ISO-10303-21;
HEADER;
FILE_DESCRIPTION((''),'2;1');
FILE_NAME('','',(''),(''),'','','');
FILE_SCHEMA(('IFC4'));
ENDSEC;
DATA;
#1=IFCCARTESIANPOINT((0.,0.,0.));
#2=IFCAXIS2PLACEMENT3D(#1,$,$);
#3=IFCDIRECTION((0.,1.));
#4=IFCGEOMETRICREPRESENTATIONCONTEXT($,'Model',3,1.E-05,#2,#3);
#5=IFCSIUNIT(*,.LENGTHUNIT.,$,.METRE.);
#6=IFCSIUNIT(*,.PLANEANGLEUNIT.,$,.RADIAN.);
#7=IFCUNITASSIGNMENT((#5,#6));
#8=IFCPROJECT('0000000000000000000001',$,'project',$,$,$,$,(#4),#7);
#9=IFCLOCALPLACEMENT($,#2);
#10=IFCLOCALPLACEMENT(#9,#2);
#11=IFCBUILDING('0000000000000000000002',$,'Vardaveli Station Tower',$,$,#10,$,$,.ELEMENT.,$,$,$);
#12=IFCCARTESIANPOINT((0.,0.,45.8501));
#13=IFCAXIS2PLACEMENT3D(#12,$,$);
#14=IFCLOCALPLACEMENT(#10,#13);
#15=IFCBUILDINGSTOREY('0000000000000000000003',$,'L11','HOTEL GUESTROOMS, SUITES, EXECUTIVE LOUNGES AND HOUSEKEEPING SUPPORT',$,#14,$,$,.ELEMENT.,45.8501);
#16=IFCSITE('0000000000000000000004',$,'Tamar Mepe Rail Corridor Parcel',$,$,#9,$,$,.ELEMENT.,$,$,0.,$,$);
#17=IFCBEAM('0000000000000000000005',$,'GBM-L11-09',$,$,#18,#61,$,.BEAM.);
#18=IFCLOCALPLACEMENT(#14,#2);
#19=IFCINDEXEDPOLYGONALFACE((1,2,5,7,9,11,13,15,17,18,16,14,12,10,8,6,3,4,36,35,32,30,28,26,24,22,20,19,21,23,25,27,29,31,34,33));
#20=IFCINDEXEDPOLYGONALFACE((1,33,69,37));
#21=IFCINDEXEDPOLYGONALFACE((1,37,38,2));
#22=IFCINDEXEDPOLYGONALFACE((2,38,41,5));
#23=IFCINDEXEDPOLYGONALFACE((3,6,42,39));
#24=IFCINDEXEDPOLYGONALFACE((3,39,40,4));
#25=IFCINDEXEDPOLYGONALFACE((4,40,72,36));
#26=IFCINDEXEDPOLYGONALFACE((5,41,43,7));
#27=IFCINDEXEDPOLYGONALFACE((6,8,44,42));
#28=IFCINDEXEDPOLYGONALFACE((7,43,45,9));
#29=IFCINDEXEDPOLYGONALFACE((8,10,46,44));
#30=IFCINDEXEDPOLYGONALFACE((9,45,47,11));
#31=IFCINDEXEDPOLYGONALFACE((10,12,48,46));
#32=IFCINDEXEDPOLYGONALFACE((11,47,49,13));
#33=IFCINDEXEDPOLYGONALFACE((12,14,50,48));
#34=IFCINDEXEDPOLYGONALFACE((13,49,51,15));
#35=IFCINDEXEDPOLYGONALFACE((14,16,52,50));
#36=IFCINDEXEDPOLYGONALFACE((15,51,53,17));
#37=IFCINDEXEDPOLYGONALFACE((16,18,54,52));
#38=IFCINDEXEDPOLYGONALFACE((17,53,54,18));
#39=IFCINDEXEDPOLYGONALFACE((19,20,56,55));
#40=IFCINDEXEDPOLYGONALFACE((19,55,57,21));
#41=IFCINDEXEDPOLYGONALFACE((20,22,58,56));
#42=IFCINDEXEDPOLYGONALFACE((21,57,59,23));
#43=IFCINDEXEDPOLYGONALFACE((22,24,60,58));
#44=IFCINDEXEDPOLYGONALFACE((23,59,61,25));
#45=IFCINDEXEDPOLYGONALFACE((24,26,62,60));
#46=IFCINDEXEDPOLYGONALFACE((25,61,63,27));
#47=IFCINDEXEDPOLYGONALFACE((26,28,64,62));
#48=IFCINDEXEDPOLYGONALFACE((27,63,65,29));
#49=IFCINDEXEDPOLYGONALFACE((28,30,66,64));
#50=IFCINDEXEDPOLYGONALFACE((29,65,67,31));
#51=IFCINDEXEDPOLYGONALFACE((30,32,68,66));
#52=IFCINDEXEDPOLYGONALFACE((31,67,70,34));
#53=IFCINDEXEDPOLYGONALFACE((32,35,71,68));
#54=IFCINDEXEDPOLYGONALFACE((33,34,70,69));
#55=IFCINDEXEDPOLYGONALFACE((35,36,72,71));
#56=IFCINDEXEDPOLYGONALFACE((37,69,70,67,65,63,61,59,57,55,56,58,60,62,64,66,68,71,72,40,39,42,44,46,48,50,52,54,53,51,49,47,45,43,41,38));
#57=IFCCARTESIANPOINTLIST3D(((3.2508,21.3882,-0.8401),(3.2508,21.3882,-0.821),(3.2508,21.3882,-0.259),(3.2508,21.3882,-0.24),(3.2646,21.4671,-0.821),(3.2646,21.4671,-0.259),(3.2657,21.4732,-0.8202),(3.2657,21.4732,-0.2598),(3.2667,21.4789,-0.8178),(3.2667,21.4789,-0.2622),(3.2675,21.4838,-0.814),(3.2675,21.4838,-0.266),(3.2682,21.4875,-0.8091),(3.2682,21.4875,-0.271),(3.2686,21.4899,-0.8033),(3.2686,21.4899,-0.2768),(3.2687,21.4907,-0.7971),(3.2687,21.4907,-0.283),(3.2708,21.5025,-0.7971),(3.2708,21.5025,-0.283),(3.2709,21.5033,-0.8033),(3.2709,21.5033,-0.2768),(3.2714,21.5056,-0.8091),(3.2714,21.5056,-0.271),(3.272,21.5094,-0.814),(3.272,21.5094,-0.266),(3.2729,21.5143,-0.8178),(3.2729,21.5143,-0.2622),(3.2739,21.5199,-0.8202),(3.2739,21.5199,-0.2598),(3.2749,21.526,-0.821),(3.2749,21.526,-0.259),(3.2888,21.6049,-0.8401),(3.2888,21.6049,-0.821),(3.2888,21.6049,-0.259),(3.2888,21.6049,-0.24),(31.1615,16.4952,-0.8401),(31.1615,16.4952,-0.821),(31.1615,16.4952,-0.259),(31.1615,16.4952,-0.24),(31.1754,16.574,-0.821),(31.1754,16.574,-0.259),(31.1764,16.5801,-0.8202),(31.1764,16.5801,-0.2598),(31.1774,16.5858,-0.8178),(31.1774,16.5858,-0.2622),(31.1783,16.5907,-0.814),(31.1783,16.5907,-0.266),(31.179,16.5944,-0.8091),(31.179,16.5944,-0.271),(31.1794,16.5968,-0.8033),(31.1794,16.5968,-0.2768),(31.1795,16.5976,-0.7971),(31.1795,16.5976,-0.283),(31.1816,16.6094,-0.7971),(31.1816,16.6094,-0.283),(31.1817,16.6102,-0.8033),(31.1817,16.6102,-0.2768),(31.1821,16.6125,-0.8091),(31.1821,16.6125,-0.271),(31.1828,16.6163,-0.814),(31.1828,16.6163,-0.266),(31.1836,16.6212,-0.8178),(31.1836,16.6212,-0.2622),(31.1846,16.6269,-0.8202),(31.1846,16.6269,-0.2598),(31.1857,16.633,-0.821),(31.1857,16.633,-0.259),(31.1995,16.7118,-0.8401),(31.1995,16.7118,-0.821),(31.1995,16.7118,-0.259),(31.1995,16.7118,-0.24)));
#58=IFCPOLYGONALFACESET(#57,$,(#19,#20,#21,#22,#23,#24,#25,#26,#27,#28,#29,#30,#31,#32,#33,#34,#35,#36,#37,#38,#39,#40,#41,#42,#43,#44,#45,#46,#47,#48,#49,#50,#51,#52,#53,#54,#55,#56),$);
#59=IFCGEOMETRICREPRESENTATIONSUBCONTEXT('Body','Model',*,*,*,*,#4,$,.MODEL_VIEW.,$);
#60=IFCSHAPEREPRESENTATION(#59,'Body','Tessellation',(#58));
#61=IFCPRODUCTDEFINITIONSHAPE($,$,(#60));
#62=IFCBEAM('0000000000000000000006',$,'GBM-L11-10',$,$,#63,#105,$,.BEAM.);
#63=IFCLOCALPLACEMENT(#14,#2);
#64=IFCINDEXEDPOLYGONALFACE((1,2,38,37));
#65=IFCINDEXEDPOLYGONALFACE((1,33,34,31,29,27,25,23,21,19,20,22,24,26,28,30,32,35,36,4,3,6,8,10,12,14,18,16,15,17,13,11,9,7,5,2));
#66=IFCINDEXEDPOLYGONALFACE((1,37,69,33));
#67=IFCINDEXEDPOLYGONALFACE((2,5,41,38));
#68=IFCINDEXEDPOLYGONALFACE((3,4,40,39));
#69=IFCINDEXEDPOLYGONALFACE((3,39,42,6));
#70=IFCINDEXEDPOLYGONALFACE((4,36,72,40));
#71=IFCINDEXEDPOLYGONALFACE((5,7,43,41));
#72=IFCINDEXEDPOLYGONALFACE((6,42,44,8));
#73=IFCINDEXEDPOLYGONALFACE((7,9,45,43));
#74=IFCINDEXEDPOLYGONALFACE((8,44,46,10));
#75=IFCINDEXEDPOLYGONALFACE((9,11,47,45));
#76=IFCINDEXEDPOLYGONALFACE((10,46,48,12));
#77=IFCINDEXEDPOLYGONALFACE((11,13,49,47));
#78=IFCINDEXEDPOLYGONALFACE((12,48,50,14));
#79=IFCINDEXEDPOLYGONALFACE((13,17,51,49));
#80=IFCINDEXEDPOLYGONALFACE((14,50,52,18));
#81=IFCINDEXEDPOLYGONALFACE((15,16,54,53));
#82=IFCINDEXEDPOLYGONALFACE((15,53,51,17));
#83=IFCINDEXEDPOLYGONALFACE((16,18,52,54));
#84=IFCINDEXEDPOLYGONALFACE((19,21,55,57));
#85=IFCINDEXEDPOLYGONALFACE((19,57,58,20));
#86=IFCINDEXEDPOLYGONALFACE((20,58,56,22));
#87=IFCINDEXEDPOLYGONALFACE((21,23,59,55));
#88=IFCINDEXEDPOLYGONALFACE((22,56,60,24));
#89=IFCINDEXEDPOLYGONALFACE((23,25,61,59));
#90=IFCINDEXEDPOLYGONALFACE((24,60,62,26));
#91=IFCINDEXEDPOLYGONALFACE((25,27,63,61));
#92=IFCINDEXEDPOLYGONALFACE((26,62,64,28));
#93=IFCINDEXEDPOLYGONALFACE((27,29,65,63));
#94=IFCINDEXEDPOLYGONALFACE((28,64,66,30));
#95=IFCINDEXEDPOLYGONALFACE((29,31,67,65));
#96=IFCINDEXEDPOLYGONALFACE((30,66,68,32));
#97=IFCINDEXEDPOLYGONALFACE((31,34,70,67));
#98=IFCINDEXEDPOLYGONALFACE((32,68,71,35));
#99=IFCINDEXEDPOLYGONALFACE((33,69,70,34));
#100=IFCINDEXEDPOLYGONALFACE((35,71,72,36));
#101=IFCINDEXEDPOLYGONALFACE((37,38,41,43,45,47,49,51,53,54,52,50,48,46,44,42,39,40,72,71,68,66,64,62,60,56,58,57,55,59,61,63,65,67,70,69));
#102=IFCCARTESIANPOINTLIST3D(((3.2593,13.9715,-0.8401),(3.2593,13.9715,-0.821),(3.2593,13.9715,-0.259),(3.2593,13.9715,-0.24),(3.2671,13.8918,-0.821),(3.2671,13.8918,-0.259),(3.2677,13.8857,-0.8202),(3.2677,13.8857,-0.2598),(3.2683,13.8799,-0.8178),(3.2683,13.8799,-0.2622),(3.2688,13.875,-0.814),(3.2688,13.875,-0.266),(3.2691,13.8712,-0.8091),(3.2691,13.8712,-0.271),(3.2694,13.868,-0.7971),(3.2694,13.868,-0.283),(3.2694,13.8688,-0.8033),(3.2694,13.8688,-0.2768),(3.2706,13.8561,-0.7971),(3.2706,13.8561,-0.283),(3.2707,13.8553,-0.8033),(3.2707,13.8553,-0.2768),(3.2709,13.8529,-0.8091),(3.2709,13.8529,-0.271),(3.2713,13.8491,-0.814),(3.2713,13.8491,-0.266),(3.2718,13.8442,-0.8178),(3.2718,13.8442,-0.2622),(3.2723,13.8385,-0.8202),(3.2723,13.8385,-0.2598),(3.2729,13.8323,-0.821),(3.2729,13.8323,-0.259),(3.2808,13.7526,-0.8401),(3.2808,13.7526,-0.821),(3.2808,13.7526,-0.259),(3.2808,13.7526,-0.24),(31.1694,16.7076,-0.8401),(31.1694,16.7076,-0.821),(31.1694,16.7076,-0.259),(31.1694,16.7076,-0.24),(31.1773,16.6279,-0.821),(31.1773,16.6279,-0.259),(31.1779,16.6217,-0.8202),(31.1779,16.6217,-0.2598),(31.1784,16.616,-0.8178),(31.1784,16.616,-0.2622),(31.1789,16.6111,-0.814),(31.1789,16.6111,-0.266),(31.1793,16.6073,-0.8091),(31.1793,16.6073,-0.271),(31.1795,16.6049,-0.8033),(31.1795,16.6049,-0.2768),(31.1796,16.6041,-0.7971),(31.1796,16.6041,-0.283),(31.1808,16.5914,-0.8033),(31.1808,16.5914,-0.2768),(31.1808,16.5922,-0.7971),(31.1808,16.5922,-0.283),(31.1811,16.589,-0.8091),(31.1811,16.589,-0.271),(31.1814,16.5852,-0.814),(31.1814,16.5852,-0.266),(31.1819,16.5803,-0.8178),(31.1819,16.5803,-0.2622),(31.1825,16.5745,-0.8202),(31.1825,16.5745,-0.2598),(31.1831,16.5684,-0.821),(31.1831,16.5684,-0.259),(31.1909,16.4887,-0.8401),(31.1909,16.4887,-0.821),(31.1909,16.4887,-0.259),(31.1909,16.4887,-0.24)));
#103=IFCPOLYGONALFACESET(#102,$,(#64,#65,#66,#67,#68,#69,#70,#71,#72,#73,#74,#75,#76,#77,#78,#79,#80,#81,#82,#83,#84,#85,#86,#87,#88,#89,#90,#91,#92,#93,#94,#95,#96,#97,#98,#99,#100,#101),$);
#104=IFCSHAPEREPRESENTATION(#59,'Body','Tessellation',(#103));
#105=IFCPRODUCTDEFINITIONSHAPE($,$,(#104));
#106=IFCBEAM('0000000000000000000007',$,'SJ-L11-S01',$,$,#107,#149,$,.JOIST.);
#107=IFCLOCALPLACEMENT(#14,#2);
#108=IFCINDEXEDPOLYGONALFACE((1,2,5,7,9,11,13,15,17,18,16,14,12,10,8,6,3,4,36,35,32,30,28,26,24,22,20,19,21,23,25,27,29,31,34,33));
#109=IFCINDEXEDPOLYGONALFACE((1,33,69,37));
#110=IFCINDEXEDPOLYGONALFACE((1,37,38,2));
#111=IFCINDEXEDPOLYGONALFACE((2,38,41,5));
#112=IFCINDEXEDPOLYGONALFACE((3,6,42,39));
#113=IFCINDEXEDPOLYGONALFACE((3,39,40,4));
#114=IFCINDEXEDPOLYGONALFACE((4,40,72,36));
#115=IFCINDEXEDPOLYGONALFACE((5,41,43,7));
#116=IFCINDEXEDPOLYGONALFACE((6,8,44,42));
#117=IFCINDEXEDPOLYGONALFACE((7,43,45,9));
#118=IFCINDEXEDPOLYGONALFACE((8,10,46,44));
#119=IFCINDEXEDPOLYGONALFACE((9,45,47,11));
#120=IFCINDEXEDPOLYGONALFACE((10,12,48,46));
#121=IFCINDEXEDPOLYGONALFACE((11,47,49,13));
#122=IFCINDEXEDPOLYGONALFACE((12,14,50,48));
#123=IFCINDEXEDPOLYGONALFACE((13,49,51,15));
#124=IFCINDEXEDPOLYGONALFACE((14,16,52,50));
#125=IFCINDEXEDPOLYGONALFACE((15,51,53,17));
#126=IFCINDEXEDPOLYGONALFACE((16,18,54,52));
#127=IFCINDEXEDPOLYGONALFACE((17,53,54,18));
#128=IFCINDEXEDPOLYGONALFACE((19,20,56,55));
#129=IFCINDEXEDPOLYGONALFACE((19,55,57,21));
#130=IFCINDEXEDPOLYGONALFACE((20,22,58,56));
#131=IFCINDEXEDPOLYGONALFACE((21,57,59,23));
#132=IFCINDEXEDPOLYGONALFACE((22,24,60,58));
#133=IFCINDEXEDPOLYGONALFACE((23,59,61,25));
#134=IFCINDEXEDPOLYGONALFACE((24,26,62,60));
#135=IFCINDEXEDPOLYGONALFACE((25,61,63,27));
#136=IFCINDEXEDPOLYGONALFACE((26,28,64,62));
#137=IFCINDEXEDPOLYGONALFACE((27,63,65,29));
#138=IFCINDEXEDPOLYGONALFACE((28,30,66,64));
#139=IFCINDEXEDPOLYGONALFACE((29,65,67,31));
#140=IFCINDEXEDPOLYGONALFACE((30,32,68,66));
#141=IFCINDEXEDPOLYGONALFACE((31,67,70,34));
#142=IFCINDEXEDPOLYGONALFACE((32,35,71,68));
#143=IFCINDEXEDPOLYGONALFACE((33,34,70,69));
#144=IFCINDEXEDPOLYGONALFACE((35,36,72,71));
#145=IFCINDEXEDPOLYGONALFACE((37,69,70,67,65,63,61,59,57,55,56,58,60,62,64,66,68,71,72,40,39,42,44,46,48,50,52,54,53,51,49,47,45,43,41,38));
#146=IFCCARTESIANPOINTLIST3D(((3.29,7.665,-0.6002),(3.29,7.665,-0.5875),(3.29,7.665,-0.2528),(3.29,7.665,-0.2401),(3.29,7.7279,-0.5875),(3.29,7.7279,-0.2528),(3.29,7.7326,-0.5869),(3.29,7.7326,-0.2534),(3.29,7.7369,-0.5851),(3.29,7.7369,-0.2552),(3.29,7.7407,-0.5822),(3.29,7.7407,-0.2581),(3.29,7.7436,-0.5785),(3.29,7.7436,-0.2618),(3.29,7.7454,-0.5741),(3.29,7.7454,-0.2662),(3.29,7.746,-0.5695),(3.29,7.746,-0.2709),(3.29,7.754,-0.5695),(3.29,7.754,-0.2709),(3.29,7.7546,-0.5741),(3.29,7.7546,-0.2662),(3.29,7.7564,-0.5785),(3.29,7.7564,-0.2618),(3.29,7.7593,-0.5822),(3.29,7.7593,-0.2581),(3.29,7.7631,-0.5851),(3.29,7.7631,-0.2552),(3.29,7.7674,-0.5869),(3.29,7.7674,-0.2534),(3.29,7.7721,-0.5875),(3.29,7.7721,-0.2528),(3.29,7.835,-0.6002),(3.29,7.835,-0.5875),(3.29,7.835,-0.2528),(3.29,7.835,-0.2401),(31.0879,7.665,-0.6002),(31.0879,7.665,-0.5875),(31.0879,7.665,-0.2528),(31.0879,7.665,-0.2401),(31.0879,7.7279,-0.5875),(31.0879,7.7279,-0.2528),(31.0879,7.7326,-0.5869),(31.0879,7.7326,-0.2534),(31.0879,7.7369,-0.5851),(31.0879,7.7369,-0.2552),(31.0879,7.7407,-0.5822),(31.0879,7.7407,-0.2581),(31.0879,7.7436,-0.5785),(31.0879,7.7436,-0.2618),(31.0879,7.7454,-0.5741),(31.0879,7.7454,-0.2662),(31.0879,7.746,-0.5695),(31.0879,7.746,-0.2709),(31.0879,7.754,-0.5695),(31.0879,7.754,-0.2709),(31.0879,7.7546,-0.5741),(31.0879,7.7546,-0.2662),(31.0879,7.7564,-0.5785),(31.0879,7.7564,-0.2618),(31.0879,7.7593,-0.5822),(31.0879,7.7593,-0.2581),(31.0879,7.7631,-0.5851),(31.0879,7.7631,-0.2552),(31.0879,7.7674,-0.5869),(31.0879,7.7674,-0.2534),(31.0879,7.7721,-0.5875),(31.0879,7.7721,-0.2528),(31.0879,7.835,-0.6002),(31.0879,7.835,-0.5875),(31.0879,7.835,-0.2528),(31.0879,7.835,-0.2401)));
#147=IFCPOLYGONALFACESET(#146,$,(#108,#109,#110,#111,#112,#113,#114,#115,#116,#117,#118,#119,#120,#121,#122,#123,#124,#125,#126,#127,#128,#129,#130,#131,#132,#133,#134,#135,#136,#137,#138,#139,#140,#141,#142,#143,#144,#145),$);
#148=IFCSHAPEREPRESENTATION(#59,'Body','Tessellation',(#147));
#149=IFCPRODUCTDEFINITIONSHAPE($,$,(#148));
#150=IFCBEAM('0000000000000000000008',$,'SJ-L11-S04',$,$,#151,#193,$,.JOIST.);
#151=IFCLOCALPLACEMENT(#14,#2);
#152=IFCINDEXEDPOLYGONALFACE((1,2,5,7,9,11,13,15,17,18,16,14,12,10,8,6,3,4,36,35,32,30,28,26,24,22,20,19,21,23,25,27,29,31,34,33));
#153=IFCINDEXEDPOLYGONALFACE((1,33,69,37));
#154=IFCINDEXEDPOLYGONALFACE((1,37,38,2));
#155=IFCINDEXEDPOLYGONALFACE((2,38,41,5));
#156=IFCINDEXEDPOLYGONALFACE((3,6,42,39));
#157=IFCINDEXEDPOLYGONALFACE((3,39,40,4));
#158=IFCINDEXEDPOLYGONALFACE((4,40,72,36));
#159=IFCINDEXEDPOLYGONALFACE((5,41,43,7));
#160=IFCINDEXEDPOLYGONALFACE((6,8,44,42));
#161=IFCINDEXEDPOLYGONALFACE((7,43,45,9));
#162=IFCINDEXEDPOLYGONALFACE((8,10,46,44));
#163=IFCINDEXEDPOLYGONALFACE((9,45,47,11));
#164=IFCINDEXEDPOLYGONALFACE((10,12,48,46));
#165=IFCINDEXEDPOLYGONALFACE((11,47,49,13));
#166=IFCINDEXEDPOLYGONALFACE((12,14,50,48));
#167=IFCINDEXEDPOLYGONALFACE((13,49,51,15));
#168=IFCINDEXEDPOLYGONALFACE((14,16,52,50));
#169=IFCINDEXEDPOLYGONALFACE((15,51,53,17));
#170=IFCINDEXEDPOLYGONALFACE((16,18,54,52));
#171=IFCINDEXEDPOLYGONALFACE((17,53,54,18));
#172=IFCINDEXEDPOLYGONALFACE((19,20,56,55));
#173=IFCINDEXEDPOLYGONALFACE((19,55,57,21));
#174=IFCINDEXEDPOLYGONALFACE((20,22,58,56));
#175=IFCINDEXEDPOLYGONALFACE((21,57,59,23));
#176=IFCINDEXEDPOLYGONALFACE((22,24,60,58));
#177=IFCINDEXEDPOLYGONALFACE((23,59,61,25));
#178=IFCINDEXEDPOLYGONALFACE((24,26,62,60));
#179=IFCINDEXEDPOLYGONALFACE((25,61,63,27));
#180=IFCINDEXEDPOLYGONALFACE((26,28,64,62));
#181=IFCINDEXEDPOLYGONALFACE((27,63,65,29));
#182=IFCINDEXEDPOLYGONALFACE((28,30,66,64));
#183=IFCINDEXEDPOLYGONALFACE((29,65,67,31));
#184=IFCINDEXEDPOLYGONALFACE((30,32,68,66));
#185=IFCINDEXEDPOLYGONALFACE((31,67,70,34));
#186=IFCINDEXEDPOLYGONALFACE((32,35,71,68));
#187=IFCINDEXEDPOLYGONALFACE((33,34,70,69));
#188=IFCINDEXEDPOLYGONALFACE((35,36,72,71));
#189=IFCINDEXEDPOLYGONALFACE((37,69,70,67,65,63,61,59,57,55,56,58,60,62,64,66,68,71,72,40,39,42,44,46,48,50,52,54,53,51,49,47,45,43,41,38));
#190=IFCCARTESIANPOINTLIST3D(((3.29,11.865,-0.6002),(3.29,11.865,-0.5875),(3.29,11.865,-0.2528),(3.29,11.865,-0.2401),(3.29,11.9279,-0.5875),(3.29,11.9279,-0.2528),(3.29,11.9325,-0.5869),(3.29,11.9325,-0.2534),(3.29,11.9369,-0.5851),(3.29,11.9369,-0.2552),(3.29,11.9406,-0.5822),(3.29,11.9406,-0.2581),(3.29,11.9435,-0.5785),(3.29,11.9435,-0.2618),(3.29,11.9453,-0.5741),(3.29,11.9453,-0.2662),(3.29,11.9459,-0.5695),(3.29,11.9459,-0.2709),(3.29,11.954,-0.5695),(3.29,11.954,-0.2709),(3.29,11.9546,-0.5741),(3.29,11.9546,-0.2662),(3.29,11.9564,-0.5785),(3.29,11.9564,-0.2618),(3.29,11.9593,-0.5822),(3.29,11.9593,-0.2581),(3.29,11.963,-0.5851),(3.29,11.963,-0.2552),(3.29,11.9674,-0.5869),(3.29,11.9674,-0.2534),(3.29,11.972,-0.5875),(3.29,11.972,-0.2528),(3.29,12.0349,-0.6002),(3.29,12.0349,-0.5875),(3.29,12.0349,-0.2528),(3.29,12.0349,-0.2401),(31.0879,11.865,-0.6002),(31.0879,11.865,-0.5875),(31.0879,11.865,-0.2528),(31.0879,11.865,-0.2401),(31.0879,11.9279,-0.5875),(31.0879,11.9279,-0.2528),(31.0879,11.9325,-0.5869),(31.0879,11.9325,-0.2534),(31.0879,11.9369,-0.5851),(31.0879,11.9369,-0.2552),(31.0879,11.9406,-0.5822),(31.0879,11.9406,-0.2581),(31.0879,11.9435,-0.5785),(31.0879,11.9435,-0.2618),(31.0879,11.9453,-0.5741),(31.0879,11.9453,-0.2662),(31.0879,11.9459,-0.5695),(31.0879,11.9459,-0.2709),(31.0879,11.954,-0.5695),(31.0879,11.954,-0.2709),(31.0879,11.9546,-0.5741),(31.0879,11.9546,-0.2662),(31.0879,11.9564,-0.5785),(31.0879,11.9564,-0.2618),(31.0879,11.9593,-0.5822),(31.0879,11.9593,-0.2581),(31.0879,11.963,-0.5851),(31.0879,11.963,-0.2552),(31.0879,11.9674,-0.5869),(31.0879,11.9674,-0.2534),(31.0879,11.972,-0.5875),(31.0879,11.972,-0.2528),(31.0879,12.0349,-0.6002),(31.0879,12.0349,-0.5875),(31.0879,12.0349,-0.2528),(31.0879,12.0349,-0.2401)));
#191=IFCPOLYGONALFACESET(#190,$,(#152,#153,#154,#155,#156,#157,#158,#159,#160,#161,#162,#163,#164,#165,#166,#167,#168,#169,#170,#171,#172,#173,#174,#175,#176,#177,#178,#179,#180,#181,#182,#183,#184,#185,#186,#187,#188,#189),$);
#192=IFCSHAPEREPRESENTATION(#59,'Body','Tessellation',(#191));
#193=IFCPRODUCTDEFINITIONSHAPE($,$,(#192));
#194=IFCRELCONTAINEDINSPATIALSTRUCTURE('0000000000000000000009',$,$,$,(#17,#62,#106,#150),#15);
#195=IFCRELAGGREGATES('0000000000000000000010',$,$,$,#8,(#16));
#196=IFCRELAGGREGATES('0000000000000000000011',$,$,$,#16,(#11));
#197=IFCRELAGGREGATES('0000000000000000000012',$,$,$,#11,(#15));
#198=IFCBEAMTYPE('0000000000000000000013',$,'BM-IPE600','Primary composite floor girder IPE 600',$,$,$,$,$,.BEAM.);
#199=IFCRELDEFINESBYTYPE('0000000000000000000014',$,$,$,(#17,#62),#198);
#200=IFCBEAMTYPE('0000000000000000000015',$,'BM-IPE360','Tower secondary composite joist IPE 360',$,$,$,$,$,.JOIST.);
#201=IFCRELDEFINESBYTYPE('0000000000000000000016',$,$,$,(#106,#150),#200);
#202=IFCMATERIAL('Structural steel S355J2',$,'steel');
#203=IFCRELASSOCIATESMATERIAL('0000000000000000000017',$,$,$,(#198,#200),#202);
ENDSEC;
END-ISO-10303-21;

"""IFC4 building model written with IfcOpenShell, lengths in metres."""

from ifc_helpers import new_model, si_unit, direction, frame, origin, origin_2d, place, context, subcontext, project, spatial, i_section, extrude, source, transform, mapped, material, material_profile, profile_set, type_object, element, save


model = new_model("IFC4")

# Units and contexts
model_context = context("Model", 3, precision=1e-05, world=origin(), true_north=direction((0.0, 1.0)))
body_context = subcontext(model_context, "Body", "Model", "MODEL_VIEW")
ifc_project = project(units=[si_unit("LENGTHUNIT", "METRE"), si_unit("PLANEANGLEUNIT", "RADIAN")], contexts=[model_context])

# Site, building, storey
site_placement = place(None, origin())
site = spatial("IfcSite", under=ifc_project, at=site_placement, Name="Tamar Mepe Rail Corridor Parcel", CompositionType="ELEMENT", RefElevation=0.0)
building_placement = place(site_placement, origin())
building = spatial("IfcBuilding", under=site, at=building_placement, Name="Vardaveli Station Tower", CompositionType="ELEMENT")
storey_placement = place(building_placement, frame((0.0, 0.0, 45.8501)))
storey = spatial("IfcBuildingStorey", under=building, at=storey_placement, Name="L11", Description="HOTEL GUESTROOMS, SUITES, EXECUTIVE LOUNGES AND HOUSEKEEPING SUPPORT", CompositionType="ELEMENT", Elevation=45.8501)

# Beams
ifc_material_1 = material(Name="Structural steel S355J2", Category="steel")
ifc_material_profile_1 = material_profile(ifc_material_1, i_section(OverallWidth=0.22, OverallDepth=0.6001, WebThickness=0.012, FlangeThickness=0.019, FilletRadius=0.0239, at=origin_2d()), Name="IPE 600")
ifc_profile_set_1 = profile_set([ifc_material_profile_1], Name="Structural steel S355J2")
beam_type_1 = type_object("IfcBeamType", Name="BM-IPE600", Description="Primary composite floor girder IPE 600", PredefinedType="BEAM", material=ifc_profile_set_1)
shared_shape_1 = source(origin(), body_context, "Body", "SweptSolid", [
    extrude(i_section(OverallWidth=0.22, OverallDepth=0.6001, WebThickness=0.012, FlangeThickness=0.019, FilletRadius=0.0239, at=origin_2d()), origin(), (0.0, 0.0, 1.0), 28.3364),
])
beam_1_placement = place(storey_placement, frame((3.2698, 21.4966, -0.54), z_axis=(0.984978, -0.172678, 0.0), x_axis=(0.172678, 0.984978, 0.0)))
element("IfcBeam", 1, at=beam_1_placement, inside=storey, type_object=beam_type_1, Name="GBM-L11-09", PredefinedType="BEAM", context=body_context, shape_type="MappedRepresentation", body=[
    mapped(shared_shape_1, transform((0.0, 0.0, 0.0), scale=1.0)),
])
shared_shape_2 = source(origin(), body_context, "Body", "SweptSolid", [
    extrude(i_section(OverallWidth=0.22, OverallDepth=0.6001, WebThickness=0.012, FlangeThickness=0.019, FilletRadius=0.0239, at=origin_2d()), origin(), (0.0, 0.0, 1.0), 28.0439),
])
beam_2_placement = place(storey_placement, frame((3.27, 13.8621, -0.54), z_axis=(0.995229, 0.097564, 0.0), x_axis=(-0.097564, 0.995229, 0.0)))
element("IfcBeam", 2, at=beam_2_placement, inside=storey, type_object=beam_type_1, Name="GBM-L11-10", PredefinedType="BEAM", context=body_context, shape_type="MappedRepresentation", body=[
    mapped(shared_shape_2, transform((0.0, 0.0, 0.0), scale=1.0)),
])
ifc_material_profile_2 = material_profile(ifc_material_1, i_section(OverallWidth=0.1699, OverallDepth=0.3601, WebThickness=0.0081, FlangeThickness=0.0127, FilletRadius=0.0181, at=origin_2d()), Name="IPE 360")
ifc_profile_set_2 = profile_set([ifc_material_profile_2], Name="Structural steel S355J2")
beam_type_2 = type_object("IfcBeamType", Name="BM-IPE360", Description="Tower secondary composite joist IPE 360", PredefinedType="JOIST", material=ifc_profile_set_2)
shared_shape_3 = source(origin(), body_context, "Body", "SweptSolid", [
    extrude(i_section(OverallWidth=0.1699, OverallDepth=0.3601, WebThickness=0.0081, FlangeThickness=0.0127, FilletRadius=0.0181, at=origin_2d()), origin(), (0.0, 0.0, 1.0), 27.7979),
])
for number, where, z_axis, x_axis, name in (
    (3, (3.29, 7.75, -0.4202), (1.0, 0.0, 0.0), (0.0, 1.0, 0.0), "SJ-L11-S01"),
    (4, (3.29, 11.95, -0.4202), (1.0, 0.0, 0.0), (0.0, 1.0, 0.0), "SJ-L11-S04"),
):
    element("IfcBeam", number, at=place(storey_placement, frame(where, z_axis=z_axis, x_axis=x_axis)), inside=storey, type_object=beam_type_2, Name=name, PredefinedType="JOIST", context=body_context, shape_type="MappedRepresentation", body=[
        mapped(shared_shape_3, transform((0.0, 0.0, 0.0), scale=1.0)),
    ])

save(model, "model.ifc")
